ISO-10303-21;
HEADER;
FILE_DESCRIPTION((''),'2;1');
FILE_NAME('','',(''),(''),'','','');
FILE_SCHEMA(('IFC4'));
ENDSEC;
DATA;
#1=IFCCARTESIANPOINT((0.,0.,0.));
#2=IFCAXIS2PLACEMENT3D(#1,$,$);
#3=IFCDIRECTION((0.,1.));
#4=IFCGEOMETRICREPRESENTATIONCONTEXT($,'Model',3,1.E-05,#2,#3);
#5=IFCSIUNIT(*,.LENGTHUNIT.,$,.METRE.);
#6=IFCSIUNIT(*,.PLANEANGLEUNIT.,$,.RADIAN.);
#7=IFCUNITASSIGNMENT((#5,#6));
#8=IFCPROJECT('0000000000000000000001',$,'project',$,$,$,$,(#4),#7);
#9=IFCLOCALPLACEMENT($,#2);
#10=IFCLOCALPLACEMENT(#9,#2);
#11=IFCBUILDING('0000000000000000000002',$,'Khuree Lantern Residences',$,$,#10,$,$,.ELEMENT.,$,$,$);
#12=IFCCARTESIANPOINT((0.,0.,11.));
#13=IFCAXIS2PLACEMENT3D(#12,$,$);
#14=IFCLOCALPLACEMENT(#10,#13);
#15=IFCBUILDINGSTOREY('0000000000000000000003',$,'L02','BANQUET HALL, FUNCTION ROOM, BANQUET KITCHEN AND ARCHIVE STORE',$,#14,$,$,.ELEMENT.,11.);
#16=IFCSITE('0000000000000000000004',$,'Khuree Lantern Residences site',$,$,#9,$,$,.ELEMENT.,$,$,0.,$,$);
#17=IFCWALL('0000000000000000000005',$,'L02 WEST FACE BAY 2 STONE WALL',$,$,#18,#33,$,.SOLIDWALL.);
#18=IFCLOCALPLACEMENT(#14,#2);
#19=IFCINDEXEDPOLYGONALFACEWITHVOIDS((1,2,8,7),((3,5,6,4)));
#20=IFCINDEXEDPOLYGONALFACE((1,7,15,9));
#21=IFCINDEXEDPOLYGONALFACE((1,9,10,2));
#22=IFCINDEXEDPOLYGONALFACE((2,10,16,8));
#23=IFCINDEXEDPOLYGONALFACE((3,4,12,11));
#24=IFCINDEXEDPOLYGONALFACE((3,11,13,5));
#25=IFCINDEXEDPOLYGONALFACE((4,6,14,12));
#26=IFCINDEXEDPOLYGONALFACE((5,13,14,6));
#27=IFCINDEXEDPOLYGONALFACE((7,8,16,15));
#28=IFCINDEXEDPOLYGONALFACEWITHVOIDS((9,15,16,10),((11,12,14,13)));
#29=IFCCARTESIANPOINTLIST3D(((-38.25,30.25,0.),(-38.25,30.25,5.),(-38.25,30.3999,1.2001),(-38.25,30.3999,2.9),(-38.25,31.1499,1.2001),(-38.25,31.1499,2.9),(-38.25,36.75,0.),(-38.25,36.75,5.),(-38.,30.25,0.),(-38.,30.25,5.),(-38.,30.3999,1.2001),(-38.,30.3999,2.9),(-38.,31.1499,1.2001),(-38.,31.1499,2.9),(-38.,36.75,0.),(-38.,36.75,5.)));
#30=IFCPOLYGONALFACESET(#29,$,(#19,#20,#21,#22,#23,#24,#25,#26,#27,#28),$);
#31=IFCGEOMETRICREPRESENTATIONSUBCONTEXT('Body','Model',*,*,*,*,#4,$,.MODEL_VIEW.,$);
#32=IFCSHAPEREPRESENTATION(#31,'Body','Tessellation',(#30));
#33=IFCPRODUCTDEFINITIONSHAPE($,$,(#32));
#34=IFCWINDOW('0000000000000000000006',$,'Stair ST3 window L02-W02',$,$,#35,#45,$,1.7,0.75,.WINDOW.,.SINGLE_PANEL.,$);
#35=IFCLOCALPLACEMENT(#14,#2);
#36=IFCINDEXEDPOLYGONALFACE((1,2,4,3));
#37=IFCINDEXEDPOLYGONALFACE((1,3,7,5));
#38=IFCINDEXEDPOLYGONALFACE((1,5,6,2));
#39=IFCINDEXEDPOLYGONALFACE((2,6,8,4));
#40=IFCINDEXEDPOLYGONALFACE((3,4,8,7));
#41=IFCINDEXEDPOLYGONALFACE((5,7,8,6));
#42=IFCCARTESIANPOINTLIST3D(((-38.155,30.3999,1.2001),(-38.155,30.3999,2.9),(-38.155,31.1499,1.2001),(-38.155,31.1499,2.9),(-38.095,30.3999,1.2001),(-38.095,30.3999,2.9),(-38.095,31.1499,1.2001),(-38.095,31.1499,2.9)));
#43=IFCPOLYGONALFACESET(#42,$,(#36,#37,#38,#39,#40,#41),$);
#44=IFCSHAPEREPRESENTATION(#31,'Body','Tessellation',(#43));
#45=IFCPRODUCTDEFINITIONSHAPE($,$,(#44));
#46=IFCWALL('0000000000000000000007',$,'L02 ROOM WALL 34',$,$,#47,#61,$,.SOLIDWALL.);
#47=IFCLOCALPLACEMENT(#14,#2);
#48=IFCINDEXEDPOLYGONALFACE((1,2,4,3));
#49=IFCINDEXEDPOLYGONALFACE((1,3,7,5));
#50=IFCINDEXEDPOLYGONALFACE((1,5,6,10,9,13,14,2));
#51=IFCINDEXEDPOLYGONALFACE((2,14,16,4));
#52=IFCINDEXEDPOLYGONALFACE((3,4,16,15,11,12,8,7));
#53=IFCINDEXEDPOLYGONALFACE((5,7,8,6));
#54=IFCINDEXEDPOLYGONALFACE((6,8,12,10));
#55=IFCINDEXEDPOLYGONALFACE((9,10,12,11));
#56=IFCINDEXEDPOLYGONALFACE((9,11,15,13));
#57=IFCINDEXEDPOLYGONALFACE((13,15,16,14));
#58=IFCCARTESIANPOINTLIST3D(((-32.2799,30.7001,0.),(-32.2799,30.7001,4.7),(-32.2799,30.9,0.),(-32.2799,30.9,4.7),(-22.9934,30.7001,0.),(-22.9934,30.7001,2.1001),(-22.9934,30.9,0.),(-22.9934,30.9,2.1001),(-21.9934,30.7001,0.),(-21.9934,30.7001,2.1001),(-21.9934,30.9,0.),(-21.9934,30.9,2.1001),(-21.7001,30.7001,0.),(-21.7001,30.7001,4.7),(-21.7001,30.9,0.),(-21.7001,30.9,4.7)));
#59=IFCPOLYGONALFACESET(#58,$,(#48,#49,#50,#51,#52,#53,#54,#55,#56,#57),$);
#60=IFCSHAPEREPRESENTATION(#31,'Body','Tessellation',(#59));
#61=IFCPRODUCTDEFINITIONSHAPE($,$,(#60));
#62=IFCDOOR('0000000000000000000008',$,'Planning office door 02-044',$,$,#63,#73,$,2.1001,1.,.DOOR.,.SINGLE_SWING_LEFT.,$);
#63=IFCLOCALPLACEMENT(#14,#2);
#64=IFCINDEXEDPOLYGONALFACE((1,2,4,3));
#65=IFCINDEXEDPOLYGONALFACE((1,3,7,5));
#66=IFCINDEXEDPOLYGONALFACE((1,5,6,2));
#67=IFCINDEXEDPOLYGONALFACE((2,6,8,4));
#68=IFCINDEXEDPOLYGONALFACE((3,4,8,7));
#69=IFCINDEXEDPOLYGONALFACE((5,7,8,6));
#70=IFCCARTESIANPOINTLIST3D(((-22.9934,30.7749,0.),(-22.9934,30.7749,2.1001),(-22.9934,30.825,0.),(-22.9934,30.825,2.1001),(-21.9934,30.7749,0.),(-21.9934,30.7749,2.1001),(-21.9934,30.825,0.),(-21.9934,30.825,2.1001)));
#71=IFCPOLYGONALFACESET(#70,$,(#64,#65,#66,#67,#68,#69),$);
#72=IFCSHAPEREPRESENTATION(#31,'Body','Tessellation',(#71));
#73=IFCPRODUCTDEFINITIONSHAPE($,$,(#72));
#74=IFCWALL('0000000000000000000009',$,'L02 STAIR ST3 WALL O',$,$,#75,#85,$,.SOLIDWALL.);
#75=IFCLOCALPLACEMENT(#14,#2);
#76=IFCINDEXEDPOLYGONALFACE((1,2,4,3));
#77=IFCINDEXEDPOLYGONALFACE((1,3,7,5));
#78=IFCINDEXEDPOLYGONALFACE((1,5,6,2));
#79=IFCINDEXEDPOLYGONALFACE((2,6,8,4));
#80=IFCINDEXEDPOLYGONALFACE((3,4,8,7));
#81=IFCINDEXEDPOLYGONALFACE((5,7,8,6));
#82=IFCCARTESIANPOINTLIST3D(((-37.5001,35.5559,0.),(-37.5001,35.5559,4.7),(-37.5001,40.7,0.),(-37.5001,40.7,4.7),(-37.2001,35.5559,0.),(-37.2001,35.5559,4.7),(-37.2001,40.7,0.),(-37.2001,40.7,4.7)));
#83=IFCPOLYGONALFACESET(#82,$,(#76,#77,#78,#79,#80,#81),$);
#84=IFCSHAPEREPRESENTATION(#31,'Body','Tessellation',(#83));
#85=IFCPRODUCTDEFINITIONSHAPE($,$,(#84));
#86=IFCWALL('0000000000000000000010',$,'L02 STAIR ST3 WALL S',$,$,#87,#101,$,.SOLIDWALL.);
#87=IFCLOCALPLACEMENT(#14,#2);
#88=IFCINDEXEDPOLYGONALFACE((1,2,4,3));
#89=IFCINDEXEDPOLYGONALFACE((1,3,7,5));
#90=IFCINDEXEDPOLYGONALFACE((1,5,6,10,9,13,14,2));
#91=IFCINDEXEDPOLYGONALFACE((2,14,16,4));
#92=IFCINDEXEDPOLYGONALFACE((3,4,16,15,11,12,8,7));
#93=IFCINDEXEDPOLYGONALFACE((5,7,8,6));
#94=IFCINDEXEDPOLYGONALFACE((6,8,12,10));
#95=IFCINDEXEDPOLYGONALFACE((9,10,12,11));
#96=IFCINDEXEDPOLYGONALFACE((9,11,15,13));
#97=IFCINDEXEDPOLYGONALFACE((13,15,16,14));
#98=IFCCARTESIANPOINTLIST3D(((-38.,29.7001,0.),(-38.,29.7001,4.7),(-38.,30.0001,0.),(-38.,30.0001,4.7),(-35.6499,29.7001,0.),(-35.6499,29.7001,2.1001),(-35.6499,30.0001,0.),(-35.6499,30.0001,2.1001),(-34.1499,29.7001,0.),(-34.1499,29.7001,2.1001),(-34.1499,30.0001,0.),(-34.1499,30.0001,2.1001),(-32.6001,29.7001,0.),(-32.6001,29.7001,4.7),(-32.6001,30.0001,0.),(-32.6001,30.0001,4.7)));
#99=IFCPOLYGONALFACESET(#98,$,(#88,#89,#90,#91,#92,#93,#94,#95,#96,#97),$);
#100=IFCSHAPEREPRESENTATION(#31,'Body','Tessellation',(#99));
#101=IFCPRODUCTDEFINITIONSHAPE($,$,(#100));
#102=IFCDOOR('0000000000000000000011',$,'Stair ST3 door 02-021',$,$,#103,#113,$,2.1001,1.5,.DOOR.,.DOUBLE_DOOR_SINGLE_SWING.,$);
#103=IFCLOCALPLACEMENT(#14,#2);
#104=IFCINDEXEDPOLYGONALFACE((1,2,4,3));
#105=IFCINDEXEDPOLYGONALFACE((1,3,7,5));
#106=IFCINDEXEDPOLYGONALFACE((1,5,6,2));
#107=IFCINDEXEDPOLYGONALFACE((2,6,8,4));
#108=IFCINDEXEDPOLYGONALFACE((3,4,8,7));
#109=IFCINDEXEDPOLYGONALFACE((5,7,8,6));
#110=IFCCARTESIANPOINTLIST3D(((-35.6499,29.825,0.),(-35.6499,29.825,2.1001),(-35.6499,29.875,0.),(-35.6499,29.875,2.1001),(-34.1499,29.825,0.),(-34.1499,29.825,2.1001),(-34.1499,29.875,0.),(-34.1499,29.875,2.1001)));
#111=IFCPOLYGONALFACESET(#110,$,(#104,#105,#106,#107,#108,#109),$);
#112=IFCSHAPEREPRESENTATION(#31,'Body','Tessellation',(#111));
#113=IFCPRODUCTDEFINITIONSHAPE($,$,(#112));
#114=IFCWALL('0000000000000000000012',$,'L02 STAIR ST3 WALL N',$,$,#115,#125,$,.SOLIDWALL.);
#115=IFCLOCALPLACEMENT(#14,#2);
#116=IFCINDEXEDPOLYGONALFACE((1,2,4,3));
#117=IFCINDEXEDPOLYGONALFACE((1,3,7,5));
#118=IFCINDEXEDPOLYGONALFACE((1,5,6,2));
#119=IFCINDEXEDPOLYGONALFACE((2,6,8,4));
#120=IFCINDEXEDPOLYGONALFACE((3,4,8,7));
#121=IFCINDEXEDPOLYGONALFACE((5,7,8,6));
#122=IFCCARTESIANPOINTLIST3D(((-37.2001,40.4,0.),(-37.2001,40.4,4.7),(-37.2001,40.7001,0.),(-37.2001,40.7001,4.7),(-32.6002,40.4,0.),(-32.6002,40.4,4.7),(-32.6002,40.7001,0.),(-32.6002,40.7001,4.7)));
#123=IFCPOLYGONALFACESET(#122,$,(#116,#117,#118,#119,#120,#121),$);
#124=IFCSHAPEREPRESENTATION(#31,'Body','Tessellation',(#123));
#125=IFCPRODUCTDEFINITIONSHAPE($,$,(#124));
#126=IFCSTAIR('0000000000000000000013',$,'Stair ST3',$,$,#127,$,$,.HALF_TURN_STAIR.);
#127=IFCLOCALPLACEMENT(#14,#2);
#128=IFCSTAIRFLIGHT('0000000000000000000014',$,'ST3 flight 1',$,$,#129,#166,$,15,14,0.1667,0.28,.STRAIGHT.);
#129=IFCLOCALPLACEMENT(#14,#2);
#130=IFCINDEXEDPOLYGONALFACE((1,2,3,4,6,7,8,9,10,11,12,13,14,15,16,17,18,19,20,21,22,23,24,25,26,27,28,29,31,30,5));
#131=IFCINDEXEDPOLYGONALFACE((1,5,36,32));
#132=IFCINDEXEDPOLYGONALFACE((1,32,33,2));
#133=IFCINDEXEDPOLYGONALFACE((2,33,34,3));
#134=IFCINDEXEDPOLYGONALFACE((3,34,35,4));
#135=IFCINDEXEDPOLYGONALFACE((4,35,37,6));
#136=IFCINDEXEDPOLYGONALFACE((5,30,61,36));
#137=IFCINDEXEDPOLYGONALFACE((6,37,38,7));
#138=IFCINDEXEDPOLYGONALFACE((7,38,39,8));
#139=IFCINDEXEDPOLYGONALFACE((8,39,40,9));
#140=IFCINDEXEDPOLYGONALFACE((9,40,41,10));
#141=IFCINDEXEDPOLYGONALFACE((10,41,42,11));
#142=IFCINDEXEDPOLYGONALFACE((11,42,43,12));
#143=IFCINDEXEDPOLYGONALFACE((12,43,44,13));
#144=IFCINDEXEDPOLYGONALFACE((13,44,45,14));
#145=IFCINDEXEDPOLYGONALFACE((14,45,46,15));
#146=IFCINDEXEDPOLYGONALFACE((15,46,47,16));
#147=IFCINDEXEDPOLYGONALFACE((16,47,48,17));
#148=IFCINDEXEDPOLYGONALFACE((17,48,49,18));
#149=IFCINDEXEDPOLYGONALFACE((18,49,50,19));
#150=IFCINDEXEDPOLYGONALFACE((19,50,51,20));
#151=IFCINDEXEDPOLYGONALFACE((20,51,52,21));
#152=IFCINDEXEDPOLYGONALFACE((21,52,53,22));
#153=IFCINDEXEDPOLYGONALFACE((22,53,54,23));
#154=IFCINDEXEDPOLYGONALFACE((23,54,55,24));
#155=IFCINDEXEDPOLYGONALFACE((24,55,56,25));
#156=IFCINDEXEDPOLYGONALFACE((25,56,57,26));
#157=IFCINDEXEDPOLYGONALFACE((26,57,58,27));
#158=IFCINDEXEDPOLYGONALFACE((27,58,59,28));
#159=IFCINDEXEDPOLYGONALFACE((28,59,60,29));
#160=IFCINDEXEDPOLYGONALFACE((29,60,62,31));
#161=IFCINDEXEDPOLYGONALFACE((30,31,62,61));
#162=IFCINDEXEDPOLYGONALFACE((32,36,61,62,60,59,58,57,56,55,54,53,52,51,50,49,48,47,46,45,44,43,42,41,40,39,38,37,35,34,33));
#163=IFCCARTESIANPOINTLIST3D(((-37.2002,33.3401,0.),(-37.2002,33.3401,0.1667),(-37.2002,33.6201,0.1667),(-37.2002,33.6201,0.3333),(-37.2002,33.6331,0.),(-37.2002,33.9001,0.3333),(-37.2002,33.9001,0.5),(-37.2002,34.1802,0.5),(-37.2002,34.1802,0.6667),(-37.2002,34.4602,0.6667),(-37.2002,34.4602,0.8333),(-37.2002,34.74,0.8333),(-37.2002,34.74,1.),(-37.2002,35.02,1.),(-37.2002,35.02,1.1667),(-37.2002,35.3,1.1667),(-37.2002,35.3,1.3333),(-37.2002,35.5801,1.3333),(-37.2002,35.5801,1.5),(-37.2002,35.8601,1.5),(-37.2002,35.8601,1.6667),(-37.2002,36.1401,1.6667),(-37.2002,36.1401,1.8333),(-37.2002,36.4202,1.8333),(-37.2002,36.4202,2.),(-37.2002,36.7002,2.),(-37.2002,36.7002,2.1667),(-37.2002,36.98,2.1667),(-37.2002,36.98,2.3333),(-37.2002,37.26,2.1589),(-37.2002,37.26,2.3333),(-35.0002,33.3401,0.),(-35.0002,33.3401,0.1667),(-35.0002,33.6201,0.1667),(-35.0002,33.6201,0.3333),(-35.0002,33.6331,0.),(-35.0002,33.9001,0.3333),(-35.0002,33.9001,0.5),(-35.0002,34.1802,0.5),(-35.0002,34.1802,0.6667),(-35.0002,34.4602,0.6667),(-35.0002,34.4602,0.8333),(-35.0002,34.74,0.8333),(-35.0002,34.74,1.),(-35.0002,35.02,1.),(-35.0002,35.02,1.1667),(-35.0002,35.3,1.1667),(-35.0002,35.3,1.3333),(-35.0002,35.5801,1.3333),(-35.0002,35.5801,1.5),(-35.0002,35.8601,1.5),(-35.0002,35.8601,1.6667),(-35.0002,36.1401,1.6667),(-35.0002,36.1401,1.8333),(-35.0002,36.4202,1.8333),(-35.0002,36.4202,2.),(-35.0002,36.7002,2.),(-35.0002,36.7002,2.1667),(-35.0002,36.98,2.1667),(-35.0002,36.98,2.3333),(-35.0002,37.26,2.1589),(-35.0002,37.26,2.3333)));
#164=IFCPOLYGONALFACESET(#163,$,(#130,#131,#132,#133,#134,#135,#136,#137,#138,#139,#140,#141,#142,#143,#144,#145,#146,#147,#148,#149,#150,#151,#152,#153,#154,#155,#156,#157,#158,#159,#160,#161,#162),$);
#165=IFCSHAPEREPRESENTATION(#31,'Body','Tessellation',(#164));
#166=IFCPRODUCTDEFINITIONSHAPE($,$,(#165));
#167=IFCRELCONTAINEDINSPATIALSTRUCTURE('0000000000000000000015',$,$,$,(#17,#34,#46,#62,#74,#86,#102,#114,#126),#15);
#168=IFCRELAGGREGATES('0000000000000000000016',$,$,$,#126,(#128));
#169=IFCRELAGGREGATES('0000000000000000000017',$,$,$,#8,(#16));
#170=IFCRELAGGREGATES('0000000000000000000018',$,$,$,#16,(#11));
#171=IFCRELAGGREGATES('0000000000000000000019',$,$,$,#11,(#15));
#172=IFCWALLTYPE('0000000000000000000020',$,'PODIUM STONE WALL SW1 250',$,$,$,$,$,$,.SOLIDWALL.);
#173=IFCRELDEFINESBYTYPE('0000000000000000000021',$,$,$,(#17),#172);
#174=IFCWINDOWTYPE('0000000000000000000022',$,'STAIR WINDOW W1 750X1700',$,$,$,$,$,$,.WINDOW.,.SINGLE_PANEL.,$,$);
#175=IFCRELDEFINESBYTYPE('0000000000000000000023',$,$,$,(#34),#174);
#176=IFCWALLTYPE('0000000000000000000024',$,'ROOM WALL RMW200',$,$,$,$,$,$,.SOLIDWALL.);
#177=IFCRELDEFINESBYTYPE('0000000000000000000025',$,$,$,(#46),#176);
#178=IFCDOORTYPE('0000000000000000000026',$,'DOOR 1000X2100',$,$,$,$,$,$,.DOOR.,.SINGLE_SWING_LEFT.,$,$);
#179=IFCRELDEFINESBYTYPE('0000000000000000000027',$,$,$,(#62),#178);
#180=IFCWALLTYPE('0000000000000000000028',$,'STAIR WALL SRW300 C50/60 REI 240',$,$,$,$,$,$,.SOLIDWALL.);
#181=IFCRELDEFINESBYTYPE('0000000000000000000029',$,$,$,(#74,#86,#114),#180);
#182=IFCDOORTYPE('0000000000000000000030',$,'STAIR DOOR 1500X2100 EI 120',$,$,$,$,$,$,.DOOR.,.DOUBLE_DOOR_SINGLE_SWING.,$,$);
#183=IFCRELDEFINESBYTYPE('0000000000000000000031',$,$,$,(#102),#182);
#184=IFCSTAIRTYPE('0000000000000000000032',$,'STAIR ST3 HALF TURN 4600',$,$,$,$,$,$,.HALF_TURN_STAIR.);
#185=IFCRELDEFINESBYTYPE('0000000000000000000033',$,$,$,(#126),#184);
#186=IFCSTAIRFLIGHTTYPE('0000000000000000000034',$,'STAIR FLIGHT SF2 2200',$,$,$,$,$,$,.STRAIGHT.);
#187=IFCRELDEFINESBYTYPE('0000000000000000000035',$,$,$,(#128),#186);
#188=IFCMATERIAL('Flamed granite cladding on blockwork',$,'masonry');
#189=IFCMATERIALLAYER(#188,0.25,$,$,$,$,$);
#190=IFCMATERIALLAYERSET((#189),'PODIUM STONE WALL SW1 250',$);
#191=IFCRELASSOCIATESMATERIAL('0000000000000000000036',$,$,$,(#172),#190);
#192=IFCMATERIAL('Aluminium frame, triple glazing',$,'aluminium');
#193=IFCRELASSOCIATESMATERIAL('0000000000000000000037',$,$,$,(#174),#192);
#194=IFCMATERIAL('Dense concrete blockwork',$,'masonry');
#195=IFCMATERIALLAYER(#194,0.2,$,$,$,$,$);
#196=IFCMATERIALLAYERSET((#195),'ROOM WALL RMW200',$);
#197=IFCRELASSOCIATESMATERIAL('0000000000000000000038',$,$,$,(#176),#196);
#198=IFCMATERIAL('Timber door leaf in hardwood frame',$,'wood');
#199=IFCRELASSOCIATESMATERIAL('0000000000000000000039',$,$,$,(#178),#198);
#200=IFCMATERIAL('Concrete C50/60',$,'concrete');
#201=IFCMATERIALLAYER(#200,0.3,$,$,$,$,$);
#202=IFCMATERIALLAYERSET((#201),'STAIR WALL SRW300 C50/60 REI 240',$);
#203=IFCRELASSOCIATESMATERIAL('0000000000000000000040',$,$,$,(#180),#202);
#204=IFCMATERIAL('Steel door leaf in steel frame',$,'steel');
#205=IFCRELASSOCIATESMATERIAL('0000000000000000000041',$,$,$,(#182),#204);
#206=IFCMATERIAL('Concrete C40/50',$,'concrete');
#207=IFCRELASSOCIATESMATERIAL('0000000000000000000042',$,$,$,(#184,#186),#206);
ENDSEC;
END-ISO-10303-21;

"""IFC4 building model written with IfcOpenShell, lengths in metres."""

from ifc_helpers import new_model, si_unit, direction, frame, frame_2d, origin, place, context, subcontext, project, spatial, polyline, rectangle, outline, extrude, material, layer, layer_set, type_object, element, fill, aggregate, save


model = new_model("IFC4")

# Units and contexts
model_context = context("Model", 3, precision=1e-05, world=origin(), true_north=direction((0.0, 1.0)))
body_context = subcontext(model_context, "Body", "Model", "MODEL_VIEW")
ifc_project = project(units=[si_unit("LENGTHUNIT", "METRE"), si_unit("PLANEANGLEUNIT", "RADIAN")], contexts=[model_context])

# Site, building, storey
site_placement = place(None, origin())
site = spatial("IfcSite", under=ifc_project, at=site_placement, Name="Khuree Lantern Residences site", CompositionType="ELEMENT", RefElevation=0.0)
building_placement = place(site_placement, origin())
building = spatial("IfcBuilding", under=site, at=building_placement, Name="Khuree Lantern Residences", CompositionType="ELEMENT")
storey_placement = place(building_placement, frame((0.0, 0.0, 11.0)))
storey = spatial("IfcBuildingStorey", under=building, at=storey_placement, Name="L02", Description="BANQUET HALL, FUNCTION ROOM, BANQUET KITCHEN AND ARCHIVE STORE", CompositionType="ELEMENT", Elevation=11.0)

# Shared definitions
ifc_material_1 = material(Name="Concrete C40/50", Category="concrete")

# Shared definitions
ifc_material_2 = material(Name="Dense concrete blockwork", Category="masonry")
ifc_material_3 = material(Name="Flamed granite cladding on blockwork", Category="masonry")

# Wall, opening, window
ifc_layer_1 = layer(ifc_material_3, 0.25)
ifc_layer_set_1 = layer_set([ifc_layer_1], Name="PODIUM STONE WALL SW1 250")
wall_type_1 = type_object("IfcWallType", Name="PODIUM STONE WALL SW1 250", PredefinedType="SOLIDWALL", material=ifc_layer_set_1)
wall_1_placement = place(storey_placement, frame((-38.125, 36.75, 0.0), z_axis=(0.0, 0.0, 1.0), x_axis=(0.0, -1.0, 0.0)))
wall_1 = element("IfcWall", 1, at=wall_1_placement, inside=storey, type_object=wall_type_1, Name="L02 WEST FACE BAY 2 STONE WALL", PredefinedType="SOLIDWALL", context=body_context, shape_type="SweptSolid", body=[
    extrude(rectangle(XDim=6.5, YDim=0.25, at=frame_2d((3.25, 0.0))), origin(), (0.0, 0.0, 1.0), 5.0),
])
opening_1_placement = place(wall_1_placement, frame((5.6001, 0.0, 1.2)))
opening_1 = element("IfcOpeningElement", 2, at=opening_1_placement, cuts=wall_1, PredefinedType="OPENING", context=body_context, shape_type="SweptSolid", body=[
    extrude(rectangle(XDim=0.75, YDim=1.7, at=frame_2d((0.375, 0.8501))), frame((0.0, 0.135, 0.0), z_axis=(0.0, -1.0, 0.0), x_axis=(1.0, 0.0, 0.0)), (0.0, 0.0, 1.0), 0.27),
])
ifc_material_4 = material(Name="Aluminium frame, triple glazing", Category="aluminium")
window_type = type_object("IfcWindowType", Name="STAIR WINDOW W1 750X1700", PartitioningType="SINGLE_PANEL", PredefinedType="WINDOW", material=ifc_material_4)
window_placement = place(opening_1_placement, origin())
window = element("IfcWindow", 3, at=window_placement, inside=storey, type_object=window_type, Name="Stair ST3 window L02-W02", OverallHeight=1.7, OverallWidth=0.75, PartitioningType="SINGLE_PANEL", PredefinedType="WINDOW", context=body_context, shape_type="SweptSolid", body=[
    extrude(rectangle(XDim=0.75, YDim=1.7, at=frame_2d((0.375, 0.8501))), frame((0.0, 0.03, 0.0), z_axis=(0.0, -1.0, 0.0), x_axis=(1.0, 0.0, 0.0)), (0.0, 0.0, 1.0), 0.0601),
])
fill(opening_1, window)

# Wall, opening, door
ifc_layer_2 = layer(ifc_material_2, 0.2)
ifc_layer_set_2 = layer_set([ifc_layer_2], Name="ROOM WALL RMW200")
wall_type_2 = type_object("IfcWallType", Name="ROOM WALL RMW200", PredefinedType="SOLIDWALL", material=ifc_layer_set_2)
wall_2_placement = place(storey_placement, frame((-32.28, 30.8, 0.0), z_axis=(0.0, 0.0, 1.0), x_axis=(1.0, 0.0, 0.0)))
wall_2 = element("IfcWall", 4, at=wall_2_placement, inside=storey, type_object=wall_type_2, Name="L02 ROOM WALL 34", PredefinedType="SOLIDWALL", context=body_context, shape_type="SweptSolid", body=[
    extrude(rectangle(XDim=10.5798, YDim=0.2, at=frame_2d((5.29, 0.0))), origin(), (0.0, 0.0, 1.0), 4.7),
])
opening_2_placement = place(wall_2_placement, frame((9.2866, 0.0, 0.0)))
opening_2 = element("IfcOpeningElement", 5, at=opening_2_placement, cuts=wall_2, PredefinedType="OPENING", context=body_context, shape_type="SweptSolid", body=[
    extrude(rectangle(XDim=1.0, YDim=2.1001, at=frame_2d((0.5, 1.05))), frame((0.0, 0.1099, 0.0), z_axis=(0.0, -1.0, 0.0), x_axis=(1.0, 0.0, 0.0)), (0.0, 0.0, 1.0), 0.22),
])
ifc_material_5 = material(Name="Timber door leaf in hardwood frame", Category="wood")
door_type_1 = type_object("IfcDoorType", Name="DOOR 1000X2100", OperationType="SINGLE_SWING_LEFT", PredefinedType="DOOR", material=ifc_material_5)
door_1_placement = place(opening_2_placement, origin())
door_1 = element("IfcDoor", 6, at=door_1_placement, inside=storey, type_object=door_type_1, Name="Planning office door 02-044", OperationType="SINGLE_SWING_LEFT", OverallHeight=2.1001, OverallWidth=1.0, PredefinedType="DOOR", context=body_context, shape_type="SweptSolid", body=[
    extrude(rectangle(XDim=1.0, YDim=2.1001, at=frame_2d((0.5, 1.05))), frame((0.0, 0.0249, 0.0), z_axis=(0.0, -1.0, 0.0), x_axis=(1.0, 0.0, 0.0)), (0.0, 0.0, 1.0), 0.05),
])
fill(opening_2, door_1)

# Wall
ifc_material_6 = material(Name="Concrete C50/60", Category="concrete")
ifc_layer_3 = layer(ifc_material_6, 0.3)
ifc_layer_set_3 = layer_set([ifc_layer_3], Name="STAIR WALL SRW300 C50/60 REI 240")
wall_type_3 = type_object("IfcWallType", Name="STAIR WALL SRW300 C50/60 REI 240", PredefinedType="SOLIDWALL", material=ifc_layer_set_3)
wall_3_placement = place(storey_placement, frame((-37.3501, 35.5559, 0.0), z_axis=(0.0, 0.0, 1.0), x_axis=(0.0, 1.0, 0.0)))
element("IfcWall", 7, at=wall_3_placement, inside=storey, type_object=wall_type_3, Name="L02 STAIR ST3 WALL O", PredefinedType="SOLIDWALL", context=body_context, shape_type="SweptSolid", body=[
    extrude(rectangle(XDim=5.144, YDim=0.3, at=frame_2d((2.572, 0.0))), origin(), (0.0, 0.0, 1.0), 4.7),
])

# Wall, opening, door
wall_4_placement = place(storey_placement, frame((-38.0, 29.8501, 0.0), z_axis=(0.0, 0.0, 1.0), x_axis=(1.0, 0.0, 0.0)))
wall_4 = element("IfcWall", 8, at=wall_4_placement, inside=storey, type_object=wall_type_3, Name="L02 STAIR ST3 WALL S", PredefinedType="SOLIDWALL", context=body_context, shape_type="SweptSolid", body=[
    extrude(rectangle(XDim=5.3999, YDim=0.3, at=frame_2d((2.7, 0.0))), origin(), (0.0, 0.0, 1.0), 4.7),
])
opening_3_placement = place(wall_4_placement, frame((2.3501, 0.0, 0.0)))
opening_3 = element("IfcOpeningElement", 9, at=opening_3_placement, cuts=wall_4, PredefinedType="OPENING", context=body_context, shape_type="SweptSolid", body=[
    extrude(rectangle(XDim=1.5, YDim=2.1001, at=frame_2d((0.75, 1.05))), frame((0.0, 0.1602, 0.0), z_axis=(0.0, -1.0, 0.0), x_axis=(1.0, 0.0, 0.0)), (0.0, 0.0, 1.0), 0.3201),
])
ifc_material_7 = material(Name="Steel door leaf in steel frame", Category="steel")
door_type_2 = type_object("IfcDoorType", Name="STAIR DOOR 1500X2100 EI 120", OperationType="DOUBLE_DOOR_SINGLE_SWING", PredefinedType="DOOR", material=ifc_material_7)
door_2_placement = place(opening_3_placement, origin())
door_2 = element("IfcDoor", 10, at=door_2_placement, inside=storey, type_object=door_type_2, Name="Stair ST3 door 02-021", OperationType="DOUBLE_DOOR_SINGLE_SWING", OverallHeight=2.1001, OverallWidth=1.5, PredefinedType="DOOR", context=body_context, shape_type="SweptSolid", body=[
    extrude(rectangle(XDim=1.5, YDim=2.1001, at=frame_2d((0.75, 1.05))), frame((0.0, 0.0249, 0.0), z_axis=(0.0, -1.0, 0.0), x_axis=(1.0, 0.0, 0.0)), (0.0, 0.0, 1.0), 0.05),
])
fill(opening_3, door_2)

# Wall
wall_5_placement = place(storey_placement, frame((-37.2, 40.55, 0.0), z_axis=(0.0, 0.0, 1.0), x_axis=(1.0, 0.0, 0.0)))
element("IfcWall", 11, at=wall_5_placement, inside=storey, type_object=wall_type_3, Name="L02 STAIR ST3 WALL N", PredefinedType="SOLIDWALL", context=body_context, shape_type="SweptSolid", body=[
    extrude(rectangle(XDim=4.5999, YDim=0.3, at=frame_2d((2.2998, 0.0))), origin(), (0.0, 0.0, 1.0), 4.7),
])

# Stair, stair flight
stair_type = type_object("IfcStairType", Name="STAIR ST3 HALF TURN 4600", PredefinedType="HALF_TURN_STAIR", material=ifc_material_1)
stair_placement = place(storey_placement, origin())
stair = element("IfcStair", 12, at=stair_placement, inside=storey, type_object=stair_type, Name="Stair ST3", PredefinedType="HALF_TURN_STAIR")
stair_flight_type = type_object("IfcStairFlightType", Name="STAIR FLIGHT SF2 2200", PredefinedType="STRAIGHT", material=ifc_material_1)
stair_flight_1_placement = place(storey_placement, frame((-36.1001, 33.3401, 0.0), z_axis=(0.0, 0.0, 1.0), x_axis=(0.0, 1.0, 0.0)))
stair_flight_1 = element("IfcStairFlight", 13, at=stair_flight_1_placement, type_object=stair_flight_type, Name="ST3 flight 1", NumberOfRisers=15, NumberOfTreads=14, PredefinedType="STRAIGHT", RiserHeight=0.1667, TreadLength=0.28, context=body_context, shape_type="SweptSolid", body=[
    extrude(outline(polyline([(0.0, 0.0), (0.0, 0.1667), (0.28, 0.1667), (0.28, 0.3333), (0.5601, 0.3333), (0.5601, 0.5), (0.8401, 0.5), (0.8401, 0.6667), (1.1201, 0.6667), (1.1201, 0.8333), (1.3999, 0.8333), (1.3999, 1.0), (1.6799, 1.0), (1.6799, 1.1667), (1.96, 1.1667), (1.96, 1.3333), (2.24, 1.3333), (2.24, 1.5), (2.52, 1.5), (2.52, 1.6667), (2.8, 1.6667), (2.8, 1.8333), (3.0801, 1.8333), (3.0801, 2.0), (3.3601, 2.0), (3.3601, 2.1667), (3.6399, 2.1667), (3.6399, 2.3333), (3.9199, 2.3333), (3.9199, 2.5), (3.9199, 2.1589), (0.293, 0.0), (0.0, 0.0)])), frame((0.0, 1.1001, 0.0), z_axis=(0.0, -1.0, 0.0), x_axis=(1.0, 0.0, 0.0)), (0.0, 0.0, 1.0), 2.2),
])
aggregate(stair, [stair_flight_1])

save(model, "model.ifc")
